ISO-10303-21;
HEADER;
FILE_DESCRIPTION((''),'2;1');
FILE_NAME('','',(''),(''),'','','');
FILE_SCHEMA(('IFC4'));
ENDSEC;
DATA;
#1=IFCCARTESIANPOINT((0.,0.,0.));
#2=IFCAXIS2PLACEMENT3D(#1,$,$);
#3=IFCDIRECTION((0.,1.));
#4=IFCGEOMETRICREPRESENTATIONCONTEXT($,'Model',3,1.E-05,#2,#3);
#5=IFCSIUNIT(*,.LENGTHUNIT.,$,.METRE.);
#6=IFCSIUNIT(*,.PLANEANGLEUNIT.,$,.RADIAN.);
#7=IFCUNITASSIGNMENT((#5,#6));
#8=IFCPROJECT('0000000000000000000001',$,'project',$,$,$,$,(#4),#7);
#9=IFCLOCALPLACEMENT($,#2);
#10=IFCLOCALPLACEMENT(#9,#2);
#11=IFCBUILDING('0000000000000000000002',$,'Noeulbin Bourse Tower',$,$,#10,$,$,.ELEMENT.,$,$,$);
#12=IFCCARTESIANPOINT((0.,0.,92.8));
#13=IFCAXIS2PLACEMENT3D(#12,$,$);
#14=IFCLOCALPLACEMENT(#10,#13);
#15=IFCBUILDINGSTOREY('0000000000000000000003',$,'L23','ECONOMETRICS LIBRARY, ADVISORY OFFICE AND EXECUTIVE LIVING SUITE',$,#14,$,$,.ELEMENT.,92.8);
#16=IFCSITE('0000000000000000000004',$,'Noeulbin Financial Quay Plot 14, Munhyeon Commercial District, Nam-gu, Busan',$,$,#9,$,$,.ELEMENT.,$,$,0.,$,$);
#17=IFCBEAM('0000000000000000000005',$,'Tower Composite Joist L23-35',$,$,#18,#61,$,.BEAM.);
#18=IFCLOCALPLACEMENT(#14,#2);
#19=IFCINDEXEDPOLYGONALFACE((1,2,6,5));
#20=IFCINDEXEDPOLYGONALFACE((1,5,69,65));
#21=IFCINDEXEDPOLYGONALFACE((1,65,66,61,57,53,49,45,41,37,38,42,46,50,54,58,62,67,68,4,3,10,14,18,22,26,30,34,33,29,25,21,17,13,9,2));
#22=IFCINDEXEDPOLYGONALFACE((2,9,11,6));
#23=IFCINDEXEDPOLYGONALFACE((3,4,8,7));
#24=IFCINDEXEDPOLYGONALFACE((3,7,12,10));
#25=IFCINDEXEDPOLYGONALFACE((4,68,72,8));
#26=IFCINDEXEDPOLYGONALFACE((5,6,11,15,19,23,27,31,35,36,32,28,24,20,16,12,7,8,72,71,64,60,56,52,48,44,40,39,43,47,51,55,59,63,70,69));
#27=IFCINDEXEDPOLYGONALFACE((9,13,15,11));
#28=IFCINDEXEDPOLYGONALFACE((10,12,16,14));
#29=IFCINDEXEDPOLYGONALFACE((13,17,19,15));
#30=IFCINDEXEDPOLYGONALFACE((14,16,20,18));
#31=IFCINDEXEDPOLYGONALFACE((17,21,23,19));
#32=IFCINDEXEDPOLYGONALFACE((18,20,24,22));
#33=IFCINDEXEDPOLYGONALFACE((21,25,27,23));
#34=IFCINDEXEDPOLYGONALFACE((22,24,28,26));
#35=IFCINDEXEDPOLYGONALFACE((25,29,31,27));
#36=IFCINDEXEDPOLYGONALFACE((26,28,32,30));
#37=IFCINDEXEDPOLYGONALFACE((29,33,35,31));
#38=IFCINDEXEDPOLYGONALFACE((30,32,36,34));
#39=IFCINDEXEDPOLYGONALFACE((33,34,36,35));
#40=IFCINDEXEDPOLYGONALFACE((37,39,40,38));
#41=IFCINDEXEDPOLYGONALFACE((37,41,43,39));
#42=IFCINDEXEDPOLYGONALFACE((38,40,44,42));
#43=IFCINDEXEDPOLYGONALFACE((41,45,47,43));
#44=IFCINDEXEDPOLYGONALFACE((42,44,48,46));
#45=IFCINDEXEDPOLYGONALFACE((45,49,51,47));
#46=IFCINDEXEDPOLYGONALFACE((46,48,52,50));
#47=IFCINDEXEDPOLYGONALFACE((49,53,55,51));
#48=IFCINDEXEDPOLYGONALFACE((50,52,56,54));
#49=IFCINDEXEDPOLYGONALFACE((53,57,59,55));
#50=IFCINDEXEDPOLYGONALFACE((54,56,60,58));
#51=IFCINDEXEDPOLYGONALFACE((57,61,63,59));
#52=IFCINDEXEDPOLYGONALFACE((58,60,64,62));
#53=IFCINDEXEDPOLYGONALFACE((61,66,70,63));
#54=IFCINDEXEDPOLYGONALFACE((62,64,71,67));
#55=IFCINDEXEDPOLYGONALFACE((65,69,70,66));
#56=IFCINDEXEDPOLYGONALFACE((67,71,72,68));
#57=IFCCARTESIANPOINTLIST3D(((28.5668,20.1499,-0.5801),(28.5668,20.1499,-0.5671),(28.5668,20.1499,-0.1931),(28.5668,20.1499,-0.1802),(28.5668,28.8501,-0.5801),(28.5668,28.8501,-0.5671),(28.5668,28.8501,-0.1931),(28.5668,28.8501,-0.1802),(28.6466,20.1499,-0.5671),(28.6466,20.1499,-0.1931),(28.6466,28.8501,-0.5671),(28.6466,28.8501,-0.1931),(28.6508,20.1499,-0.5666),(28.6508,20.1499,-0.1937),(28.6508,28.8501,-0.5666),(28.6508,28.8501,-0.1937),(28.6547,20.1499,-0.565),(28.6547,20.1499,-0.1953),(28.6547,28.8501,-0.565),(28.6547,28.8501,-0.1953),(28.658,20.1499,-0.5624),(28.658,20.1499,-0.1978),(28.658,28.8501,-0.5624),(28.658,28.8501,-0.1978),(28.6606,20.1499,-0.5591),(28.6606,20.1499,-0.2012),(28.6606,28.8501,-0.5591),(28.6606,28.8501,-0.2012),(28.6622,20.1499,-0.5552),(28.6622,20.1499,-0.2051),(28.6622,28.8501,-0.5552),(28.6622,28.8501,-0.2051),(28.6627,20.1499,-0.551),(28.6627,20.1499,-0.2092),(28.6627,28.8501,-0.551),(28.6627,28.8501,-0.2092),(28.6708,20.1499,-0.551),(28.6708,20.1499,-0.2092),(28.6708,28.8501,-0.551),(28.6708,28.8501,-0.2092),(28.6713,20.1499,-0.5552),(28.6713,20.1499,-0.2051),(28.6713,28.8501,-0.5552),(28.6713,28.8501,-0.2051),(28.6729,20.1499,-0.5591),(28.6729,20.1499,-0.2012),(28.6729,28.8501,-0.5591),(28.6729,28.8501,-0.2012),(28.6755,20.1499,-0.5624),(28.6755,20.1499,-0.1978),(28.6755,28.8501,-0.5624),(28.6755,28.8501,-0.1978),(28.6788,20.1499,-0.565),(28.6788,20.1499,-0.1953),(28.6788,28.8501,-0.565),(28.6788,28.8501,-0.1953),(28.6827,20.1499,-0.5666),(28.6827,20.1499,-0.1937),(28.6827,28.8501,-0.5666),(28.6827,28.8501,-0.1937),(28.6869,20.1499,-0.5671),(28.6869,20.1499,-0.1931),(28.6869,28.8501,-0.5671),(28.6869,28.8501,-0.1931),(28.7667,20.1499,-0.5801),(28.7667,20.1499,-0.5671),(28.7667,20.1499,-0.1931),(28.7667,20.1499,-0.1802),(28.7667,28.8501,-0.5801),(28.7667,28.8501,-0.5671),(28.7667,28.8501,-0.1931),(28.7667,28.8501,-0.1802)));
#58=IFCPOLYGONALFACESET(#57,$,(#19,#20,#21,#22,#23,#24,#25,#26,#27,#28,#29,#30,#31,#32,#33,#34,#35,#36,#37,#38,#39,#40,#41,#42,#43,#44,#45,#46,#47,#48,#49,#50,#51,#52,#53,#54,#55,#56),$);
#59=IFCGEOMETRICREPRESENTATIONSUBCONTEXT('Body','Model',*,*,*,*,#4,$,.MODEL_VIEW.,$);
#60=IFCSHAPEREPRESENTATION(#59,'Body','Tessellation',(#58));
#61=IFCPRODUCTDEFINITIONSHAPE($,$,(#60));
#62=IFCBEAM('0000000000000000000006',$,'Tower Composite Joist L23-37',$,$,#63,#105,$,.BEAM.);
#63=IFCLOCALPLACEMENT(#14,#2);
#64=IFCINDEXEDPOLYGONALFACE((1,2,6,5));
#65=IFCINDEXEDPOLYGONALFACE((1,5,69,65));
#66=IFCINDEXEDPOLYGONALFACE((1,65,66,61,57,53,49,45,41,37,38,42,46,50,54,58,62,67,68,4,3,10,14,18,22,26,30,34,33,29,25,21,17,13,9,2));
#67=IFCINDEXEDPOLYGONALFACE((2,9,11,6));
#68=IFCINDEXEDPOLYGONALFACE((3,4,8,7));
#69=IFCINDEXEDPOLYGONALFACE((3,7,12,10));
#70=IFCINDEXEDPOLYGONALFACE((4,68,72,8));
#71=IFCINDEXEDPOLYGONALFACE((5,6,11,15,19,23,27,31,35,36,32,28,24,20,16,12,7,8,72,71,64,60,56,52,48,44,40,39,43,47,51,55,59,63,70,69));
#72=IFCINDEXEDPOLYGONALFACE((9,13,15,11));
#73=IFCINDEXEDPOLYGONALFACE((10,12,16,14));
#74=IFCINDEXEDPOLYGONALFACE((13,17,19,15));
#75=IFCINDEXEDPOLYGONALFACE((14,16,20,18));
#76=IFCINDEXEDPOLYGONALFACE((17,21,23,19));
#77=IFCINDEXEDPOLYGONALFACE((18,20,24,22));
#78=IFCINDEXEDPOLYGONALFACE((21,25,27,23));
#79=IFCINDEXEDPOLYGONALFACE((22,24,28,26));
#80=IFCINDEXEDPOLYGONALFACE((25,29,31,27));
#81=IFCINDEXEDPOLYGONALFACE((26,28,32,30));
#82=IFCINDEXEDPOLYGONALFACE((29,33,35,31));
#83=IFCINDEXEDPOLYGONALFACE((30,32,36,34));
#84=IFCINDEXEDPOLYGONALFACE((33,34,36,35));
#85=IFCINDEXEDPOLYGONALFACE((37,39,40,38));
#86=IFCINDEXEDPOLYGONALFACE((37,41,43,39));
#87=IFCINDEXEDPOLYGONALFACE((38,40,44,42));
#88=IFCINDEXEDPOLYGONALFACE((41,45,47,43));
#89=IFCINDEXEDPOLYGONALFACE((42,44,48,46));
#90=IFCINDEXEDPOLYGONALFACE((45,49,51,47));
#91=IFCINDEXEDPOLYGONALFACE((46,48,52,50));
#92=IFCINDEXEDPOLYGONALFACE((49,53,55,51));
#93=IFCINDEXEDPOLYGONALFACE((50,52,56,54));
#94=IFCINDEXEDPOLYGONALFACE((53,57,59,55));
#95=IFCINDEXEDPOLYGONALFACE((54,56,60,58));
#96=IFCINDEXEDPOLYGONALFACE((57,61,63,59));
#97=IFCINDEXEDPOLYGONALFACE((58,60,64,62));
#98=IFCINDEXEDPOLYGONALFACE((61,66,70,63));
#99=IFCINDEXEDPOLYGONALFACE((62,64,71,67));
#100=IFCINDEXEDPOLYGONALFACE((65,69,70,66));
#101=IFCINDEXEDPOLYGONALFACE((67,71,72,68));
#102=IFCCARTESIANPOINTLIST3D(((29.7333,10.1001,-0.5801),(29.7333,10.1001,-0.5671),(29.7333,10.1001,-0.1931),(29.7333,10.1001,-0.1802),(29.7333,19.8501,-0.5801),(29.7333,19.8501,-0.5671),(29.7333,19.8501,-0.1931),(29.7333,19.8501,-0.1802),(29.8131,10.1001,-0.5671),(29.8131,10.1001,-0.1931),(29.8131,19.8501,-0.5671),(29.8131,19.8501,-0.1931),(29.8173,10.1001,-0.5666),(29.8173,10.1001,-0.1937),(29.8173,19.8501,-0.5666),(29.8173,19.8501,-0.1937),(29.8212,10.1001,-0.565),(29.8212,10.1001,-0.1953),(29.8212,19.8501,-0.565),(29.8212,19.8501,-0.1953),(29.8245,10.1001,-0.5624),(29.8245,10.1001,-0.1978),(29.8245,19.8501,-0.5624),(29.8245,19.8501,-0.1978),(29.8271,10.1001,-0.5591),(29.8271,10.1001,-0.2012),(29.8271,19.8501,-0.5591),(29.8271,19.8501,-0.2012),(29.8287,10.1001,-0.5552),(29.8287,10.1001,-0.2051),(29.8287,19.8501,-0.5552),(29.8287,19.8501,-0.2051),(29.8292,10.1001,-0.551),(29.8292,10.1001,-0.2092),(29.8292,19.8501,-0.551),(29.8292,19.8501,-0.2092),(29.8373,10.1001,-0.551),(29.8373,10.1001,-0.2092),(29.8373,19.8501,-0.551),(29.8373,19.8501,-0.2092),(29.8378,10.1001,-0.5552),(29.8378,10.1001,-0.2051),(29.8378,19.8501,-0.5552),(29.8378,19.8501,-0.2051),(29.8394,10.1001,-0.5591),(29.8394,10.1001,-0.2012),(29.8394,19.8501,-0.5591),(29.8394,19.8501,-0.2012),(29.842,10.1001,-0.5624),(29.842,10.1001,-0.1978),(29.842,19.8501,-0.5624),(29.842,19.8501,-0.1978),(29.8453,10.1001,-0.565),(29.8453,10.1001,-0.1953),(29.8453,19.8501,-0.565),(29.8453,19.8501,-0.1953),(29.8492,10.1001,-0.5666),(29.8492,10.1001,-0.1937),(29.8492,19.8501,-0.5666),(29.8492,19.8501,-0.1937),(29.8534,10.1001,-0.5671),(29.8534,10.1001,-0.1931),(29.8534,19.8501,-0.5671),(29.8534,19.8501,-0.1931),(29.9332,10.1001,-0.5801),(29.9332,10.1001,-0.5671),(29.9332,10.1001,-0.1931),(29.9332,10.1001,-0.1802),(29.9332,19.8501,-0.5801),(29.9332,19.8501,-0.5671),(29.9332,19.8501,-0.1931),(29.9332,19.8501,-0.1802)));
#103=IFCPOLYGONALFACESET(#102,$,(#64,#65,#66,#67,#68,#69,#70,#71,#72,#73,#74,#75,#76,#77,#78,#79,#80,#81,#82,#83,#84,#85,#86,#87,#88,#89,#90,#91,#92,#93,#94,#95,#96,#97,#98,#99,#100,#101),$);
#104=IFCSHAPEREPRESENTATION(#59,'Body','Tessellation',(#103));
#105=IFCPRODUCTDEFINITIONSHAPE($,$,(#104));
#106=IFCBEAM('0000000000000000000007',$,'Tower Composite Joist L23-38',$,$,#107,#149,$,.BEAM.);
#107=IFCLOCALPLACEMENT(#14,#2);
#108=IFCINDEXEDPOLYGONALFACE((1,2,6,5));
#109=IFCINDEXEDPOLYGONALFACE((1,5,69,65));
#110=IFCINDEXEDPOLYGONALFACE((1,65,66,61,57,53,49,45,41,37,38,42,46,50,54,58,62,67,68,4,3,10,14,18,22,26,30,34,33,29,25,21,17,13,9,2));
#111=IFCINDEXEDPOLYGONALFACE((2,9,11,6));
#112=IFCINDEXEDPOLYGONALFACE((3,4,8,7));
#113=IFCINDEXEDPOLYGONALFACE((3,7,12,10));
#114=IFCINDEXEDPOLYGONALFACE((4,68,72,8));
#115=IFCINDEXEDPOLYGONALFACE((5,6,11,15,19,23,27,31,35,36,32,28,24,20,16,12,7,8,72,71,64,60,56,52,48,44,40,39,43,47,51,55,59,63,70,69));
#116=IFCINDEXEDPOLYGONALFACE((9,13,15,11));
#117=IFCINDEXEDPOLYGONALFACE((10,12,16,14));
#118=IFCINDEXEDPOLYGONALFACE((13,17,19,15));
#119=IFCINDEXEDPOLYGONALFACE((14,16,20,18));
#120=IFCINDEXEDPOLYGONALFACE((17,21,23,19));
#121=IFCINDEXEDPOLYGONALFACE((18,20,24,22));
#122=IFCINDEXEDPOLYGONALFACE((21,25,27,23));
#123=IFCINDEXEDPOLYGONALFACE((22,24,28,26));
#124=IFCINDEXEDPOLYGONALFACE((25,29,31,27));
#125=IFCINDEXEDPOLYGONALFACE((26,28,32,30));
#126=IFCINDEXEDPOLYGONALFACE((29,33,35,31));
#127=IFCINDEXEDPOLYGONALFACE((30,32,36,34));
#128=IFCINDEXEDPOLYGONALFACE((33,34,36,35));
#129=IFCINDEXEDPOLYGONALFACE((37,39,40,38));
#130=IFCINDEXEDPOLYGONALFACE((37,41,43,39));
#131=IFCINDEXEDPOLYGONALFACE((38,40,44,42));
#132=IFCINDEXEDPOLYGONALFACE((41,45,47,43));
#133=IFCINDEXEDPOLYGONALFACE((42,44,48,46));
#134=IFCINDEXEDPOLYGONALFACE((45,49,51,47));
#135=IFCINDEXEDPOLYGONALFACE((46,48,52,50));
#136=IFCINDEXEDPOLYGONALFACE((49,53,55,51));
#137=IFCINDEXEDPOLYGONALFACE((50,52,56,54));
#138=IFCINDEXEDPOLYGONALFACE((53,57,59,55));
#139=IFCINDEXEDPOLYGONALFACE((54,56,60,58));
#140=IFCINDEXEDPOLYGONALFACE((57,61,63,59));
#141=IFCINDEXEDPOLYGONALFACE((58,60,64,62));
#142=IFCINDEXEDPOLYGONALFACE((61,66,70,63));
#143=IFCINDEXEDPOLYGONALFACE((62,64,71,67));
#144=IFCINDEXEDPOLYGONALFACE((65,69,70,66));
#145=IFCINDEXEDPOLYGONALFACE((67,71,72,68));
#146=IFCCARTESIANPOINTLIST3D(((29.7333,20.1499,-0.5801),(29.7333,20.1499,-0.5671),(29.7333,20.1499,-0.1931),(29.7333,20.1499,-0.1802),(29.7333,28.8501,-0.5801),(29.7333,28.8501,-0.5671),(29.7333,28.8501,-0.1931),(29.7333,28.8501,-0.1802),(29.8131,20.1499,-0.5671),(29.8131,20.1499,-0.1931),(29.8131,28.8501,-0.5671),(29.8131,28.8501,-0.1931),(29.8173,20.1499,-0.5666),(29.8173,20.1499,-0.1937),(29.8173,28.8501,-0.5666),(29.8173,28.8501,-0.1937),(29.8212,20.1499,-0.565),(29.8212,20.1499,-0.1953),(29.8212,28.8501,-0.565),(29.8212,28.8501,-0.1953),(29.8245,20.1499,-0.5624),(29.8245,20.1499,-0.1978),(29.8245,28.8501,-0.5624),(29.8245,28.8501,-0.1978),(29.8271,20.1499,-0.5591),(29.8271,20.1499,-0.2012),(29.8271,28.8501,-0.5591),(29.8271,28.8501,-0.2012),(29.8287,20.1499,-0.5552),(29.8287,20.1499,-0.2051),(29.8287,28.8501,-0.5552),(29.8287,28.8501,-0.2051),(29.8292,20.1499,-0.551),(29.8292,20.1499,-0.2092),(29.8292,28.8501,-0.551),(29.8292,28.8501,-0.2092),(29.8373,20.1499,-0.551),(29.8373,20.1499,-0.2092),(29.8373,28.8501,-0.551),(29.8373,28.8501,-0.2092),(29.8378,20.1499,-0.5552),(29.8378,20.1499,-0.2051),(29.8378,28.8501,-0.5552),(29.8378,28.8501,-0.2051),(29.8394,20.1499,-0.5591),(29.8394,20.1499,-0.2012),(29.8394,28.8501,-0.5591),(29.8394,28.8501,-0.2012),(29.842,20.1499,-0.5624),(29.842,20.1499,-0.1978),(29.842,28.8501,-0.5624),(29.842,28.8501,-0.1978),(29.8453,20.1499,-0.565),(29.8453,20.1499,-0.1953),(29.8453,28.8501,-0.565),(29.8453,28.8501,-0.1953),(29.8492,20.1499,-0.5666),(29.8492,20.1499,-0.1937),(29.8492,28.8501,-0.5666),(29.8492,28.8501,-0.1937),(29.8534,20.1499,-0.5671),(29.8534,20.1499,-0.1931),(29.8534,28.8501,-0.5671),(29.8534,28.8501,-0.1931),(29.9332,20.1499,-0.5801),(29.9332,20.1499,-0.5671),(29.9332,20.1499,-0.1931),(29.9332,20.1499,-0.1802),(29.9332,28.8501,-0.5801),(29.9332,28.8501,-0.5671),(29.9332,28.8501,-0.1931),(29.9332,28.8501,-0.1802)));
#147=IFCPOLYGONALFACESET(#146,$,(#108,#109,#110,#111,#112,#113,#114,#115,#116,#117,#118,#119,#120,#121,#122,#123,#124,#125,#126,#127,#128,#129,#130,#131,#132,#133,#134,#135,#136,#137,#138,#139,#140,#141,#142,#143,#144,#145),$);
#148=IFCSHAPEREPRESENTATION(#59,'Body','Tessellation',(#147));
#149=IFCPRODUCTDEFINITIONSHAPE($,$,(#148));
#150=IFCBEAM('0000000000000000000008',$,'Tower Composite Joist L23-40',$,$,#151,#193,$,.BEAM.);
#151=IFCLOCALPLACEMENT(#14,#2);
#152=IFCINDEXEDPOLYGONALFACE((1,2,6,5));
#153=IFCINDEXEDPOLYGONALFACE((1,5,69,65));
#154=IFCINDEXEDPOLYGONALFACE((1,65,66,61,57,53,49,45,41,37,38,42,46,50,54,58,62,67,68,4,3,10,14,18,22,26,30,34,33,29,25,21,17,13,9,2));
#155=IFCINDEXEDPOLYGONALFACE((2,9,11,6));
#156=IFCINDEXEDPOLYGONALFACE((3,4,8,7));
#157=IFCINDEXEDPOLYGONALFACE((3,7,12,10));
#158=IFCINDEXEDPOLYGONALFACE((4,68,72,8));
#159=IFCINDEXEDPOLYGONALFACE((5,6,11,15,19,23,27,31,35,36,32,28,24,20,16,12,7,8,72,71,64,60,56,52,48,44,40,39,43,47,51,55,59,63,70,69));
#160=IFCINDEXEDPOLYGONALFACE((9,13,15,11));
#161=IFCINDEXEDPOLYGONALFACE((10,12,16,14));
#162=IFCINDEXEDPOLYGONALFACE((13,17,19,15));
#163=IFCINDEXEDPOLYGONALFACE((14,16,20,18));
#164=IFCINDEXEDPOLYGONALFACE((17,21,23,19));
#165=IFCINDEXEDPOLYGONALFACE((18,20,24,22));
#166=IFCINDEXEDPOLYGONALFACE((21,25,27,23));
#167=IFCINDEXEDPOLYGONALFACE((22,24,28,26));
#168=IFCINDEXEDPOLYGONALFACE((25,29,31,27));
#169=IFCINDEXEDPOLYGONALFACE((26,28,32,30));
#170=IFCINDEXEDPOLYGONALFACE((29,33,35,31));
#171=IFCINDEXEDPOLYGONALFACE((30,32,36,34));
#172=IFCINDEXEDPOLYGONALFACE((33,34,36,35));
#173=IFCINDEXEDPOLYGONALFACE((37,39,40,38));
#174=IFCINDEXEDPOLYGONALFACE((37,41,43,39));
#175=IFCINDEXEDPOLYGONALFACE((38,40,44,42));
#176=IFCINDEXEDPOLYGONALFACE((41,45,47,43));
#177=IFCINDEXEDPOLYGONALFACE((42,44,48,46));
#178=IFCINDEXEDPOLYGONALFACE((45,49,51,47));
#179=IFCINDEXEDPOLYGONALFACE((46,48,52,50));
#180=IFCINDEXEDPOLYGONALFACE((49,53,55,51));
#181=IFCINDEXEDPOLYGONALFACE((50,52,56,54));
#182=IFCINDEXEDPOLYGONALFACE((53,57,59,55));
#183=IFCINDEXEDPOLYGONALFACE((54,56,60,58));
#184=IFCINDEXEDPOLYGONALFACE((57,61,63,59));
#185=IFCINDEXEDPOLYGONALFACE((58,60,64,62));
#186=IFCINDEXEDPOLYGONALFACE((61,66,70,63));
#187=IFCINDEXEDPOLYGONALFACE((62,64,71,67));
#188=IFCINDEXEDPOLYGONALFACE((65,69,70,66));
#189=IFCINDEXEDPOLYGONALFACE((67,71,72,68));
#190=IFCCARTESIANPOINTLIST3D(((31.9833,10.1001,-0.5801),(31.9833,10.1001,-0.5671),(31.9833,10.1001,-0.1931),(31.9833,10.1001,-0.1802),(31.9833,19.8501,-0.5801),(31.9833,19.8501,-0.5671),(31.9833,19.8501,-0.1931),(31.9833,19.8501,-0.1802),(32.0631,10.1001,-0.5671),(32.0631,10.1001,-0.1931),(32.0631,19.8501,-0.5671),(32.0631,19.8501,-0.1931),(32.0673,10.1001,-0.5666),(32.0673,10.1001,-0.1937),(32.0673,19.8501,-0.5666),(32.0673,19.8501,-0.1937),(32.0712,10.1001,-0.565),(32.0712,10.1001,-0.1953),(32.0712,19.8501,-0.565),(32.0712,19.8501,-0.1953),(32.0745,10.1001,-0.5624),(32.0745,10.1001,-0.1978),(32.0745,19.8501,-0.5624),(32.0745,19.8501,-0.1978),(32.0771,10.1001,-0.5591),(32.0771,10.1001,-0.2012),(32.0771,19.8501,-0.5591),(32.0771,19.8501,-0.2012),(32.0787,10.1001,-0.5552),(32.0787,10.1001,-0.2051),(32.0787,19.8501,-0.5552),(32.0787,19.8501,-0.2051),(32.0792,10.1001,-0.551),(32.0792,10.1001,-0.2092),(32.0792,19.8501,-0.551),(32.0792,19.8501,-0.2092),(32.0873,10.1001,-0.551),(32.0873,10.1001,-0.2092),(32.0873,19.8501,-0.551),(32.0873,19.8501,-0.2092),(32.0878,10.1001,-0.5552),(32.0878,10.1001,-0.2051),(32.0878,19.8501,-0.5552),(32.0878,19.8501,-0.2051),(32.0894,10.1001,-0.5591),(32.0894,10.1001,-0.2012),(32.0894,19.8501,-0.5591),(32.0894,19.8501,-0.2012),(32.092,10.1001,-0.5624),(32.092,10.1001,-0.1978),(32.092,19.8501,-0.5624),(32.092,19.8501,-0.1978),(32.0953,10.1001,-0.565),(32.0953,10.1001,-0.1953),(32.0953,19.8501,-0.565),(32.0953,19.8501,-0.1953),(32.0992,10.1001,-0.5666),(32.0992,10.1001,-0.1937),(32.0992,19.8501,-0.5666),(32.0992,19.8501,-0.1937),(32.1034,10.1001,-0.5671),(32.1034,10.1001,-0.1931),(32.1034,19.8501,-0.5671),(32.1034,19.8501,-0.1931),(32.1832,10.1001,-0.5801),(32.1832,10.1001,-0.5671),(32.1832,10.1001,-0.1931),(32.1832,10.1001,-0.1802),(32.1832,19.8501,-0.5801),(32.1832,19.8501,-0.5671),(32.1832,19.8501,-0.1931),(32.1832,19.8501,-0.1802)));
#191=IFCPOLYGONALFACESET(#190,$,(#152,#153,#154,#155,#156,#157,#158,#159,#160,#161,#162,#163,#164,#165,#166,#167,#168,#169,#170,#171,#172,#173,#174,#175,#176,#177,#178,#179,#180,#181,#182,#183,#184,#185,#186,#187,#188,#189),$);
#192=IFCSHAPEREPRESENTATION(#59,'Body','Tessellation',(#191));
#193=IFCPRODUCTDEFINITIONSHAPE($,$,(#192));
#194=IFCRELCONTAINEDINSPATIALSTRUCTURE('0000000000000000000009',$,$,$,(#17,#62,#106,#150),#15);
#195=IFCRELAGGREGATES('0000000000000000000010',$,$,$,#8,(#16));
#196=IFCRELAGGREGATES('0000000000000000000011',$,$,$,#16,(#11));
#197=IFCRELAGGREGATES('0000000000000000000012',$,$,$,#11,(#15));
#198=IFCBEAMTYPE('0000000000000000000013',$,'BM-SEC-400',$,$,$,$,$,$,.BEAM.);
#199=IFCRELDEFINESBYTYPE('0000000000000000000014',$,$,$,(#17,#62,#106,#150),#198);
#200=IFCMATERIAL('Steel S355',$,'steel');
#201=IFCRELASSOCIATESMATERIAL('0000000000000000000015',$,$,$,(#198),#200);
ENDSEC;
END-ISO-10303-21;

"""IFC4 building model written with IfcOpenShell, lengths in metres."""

from ifc_helpers import new_model, si_unit, direction, frame, origin, origin_2d, place, context, subcontext, project, spatial, i_section, extrude, material, material_profile, profile_set, type_object, element, save


model = new_model("IFC4")

# Units and contexts
model_context = context("Model", 3, precision=1e-05, world=origin(), true_north=direction((0.0, 1.0)))
body_context = subcontext(model_context, "Body", "Model", "MODEL_VIEW")
ifc_project = project(units=[si_unit("LENGTHUNIT", "METRE"), si_unit("PLANEANGLEUNIT", "RADIAN")], contexts=[model_context])

# Site, building, storey
site_placement = place(None, origin())
site = spatial("IfcSite", under=ifc_project, at=site_placement, Name="Noeulbin Financial Quay Plot 14, Munhyeon Commercial District, Nam-gu, Busan", CompositionType="ELEMENT", RefElevation=0.0)
building_placement = place(site_placement, origin())
building = spatial("IfcBuilding", under=site, at=building_placement, Name="Noeulbin Bourse Tower", CompositionType="ELEMENT")
storey_placement = place(building_placement, frame((0.0, 0.0, 92.8)))
storey = spatial("IfcBuildingStorey", under=building, at=storey_placement, Name="L23", Description="ECONOMETRICS LIBRARY, ADVISORY OFFICE AND EXECUTIVE LIVING SUITE", CompositionType="ELEMENT", Elevation=92.8)

# Beams
ifc_material_1 = material(Name="Steel S355", Category="steel")
ifc_material_profile_1 = material_profile(ifc_material_1, i_section(OverallWidth=0.2, OverallDepth=0.3999, WebThickness=0.0081, FlangeThickness=0.0129, FilletRadius=0.0161, at=origin_2d()), Name="H-400x200x8x13", Category="LoadBearing")
ifc_profile_set_1 = profile_set([ifc_material_profile_1], Name="Steel S355")
beam_type_1 = type_object("IfcBeamType", Name="BM-SEC-400", PredefinedType="BEAM", material=ifc_profile_set_1)
beam_1_placement = place(storey_placement, frame((28.6667, 20.1499, -0.3801), z_axis=(0.0, 1.0, 0.0), x_axis=(-1.0, 0.0, 0.0)))
element("IfcBeam", 1, at=beam_1_placement, inside=storey, type_object=beam_type_1, Name="Tower Composite Joist L23-35", PredefinedType="BEAM", context=body_context, shape_type="SweptSolid", body=[
    extrude(i_section(OverallWidth=0.2, OverallDepth=0.3999, WebThickness=0.0081, FlangeThickness=0.0129, FilletRadius=0.0161, at=origin_2d()), origin(), (0.0, 0.0, 1.0), 8.7002),
])
beam_2_placement = place(storey_placement, frame((29.8333, 10.1001, -0.3801), z_axis=(0.0, 1.0, 0.0), x_axis=(-1.0, 0.0, 0.0)))
element("IfcBeam", 2, at=beam_2_placement, inside=storey, type_object=beam_type_1, Name="Tower Composite Joist L23-37", PredefinedType="BEAM", context=body_context, shape_type="SweptSolid", body=[
    extrude(i_section(OverallWidth=0.2, OverallDepth=0.3999, WebThickness=0.0081, FlangeThickness=0.0129, FilletRadius=0.0161, at=origin_2d()), origin(), (0.0, 0.0, 1.0), 9.75),
])
beam_3_placement = place(storey_placement, frame((29.8333, 20.1499, -0.3801), z_axis=(0.0, 1.0, 0.0), x_axis=(-1.0, 0.0, 0.0)))
element("IfcBeam", 3, at=beam_3_placement, inside=storey, type_object=beam_type_1, Name="Tower Composite Joist L23-38", PredefinedType="BEAM", context=body_context, shape_type="SweptSolid", body=[
    extrude(i_section(OverallWidth=0.2, OverallDepth=0.3999, WebThickness=0.0081, FlangeThickness=0.0129, FilletRadius=0.0161, at=origin_2d()), origin(), (0.0, 0.0, 1.0), 8.7002),
])
beam_4_placement = place(storey_placement, frame((32.0833, 10.1001, -0.3801), z_axis=(0.0, 1.0, 0.0), x_axis=(-1.0, 0.0, 0.0)))
element("IfcBeam", 4, at=beam_4_placement, inside=storey, type_object=beam_type_1, Name="Tower Composite Joist L23-40", PredefinedType="BEAM", context=body_context, shape_type="SweptSolid", body=[
    extrude(i_section(OverallWidth=0.2, OverallDepth=0.3999, WebThickness=0.0081, FlangeThickness=0.0129, FilletRadius=0.0161, at=origin_2d()), origin(), (0.0, 0.0, 1.0), 9.75),
])

save(model, "model.ifc")
